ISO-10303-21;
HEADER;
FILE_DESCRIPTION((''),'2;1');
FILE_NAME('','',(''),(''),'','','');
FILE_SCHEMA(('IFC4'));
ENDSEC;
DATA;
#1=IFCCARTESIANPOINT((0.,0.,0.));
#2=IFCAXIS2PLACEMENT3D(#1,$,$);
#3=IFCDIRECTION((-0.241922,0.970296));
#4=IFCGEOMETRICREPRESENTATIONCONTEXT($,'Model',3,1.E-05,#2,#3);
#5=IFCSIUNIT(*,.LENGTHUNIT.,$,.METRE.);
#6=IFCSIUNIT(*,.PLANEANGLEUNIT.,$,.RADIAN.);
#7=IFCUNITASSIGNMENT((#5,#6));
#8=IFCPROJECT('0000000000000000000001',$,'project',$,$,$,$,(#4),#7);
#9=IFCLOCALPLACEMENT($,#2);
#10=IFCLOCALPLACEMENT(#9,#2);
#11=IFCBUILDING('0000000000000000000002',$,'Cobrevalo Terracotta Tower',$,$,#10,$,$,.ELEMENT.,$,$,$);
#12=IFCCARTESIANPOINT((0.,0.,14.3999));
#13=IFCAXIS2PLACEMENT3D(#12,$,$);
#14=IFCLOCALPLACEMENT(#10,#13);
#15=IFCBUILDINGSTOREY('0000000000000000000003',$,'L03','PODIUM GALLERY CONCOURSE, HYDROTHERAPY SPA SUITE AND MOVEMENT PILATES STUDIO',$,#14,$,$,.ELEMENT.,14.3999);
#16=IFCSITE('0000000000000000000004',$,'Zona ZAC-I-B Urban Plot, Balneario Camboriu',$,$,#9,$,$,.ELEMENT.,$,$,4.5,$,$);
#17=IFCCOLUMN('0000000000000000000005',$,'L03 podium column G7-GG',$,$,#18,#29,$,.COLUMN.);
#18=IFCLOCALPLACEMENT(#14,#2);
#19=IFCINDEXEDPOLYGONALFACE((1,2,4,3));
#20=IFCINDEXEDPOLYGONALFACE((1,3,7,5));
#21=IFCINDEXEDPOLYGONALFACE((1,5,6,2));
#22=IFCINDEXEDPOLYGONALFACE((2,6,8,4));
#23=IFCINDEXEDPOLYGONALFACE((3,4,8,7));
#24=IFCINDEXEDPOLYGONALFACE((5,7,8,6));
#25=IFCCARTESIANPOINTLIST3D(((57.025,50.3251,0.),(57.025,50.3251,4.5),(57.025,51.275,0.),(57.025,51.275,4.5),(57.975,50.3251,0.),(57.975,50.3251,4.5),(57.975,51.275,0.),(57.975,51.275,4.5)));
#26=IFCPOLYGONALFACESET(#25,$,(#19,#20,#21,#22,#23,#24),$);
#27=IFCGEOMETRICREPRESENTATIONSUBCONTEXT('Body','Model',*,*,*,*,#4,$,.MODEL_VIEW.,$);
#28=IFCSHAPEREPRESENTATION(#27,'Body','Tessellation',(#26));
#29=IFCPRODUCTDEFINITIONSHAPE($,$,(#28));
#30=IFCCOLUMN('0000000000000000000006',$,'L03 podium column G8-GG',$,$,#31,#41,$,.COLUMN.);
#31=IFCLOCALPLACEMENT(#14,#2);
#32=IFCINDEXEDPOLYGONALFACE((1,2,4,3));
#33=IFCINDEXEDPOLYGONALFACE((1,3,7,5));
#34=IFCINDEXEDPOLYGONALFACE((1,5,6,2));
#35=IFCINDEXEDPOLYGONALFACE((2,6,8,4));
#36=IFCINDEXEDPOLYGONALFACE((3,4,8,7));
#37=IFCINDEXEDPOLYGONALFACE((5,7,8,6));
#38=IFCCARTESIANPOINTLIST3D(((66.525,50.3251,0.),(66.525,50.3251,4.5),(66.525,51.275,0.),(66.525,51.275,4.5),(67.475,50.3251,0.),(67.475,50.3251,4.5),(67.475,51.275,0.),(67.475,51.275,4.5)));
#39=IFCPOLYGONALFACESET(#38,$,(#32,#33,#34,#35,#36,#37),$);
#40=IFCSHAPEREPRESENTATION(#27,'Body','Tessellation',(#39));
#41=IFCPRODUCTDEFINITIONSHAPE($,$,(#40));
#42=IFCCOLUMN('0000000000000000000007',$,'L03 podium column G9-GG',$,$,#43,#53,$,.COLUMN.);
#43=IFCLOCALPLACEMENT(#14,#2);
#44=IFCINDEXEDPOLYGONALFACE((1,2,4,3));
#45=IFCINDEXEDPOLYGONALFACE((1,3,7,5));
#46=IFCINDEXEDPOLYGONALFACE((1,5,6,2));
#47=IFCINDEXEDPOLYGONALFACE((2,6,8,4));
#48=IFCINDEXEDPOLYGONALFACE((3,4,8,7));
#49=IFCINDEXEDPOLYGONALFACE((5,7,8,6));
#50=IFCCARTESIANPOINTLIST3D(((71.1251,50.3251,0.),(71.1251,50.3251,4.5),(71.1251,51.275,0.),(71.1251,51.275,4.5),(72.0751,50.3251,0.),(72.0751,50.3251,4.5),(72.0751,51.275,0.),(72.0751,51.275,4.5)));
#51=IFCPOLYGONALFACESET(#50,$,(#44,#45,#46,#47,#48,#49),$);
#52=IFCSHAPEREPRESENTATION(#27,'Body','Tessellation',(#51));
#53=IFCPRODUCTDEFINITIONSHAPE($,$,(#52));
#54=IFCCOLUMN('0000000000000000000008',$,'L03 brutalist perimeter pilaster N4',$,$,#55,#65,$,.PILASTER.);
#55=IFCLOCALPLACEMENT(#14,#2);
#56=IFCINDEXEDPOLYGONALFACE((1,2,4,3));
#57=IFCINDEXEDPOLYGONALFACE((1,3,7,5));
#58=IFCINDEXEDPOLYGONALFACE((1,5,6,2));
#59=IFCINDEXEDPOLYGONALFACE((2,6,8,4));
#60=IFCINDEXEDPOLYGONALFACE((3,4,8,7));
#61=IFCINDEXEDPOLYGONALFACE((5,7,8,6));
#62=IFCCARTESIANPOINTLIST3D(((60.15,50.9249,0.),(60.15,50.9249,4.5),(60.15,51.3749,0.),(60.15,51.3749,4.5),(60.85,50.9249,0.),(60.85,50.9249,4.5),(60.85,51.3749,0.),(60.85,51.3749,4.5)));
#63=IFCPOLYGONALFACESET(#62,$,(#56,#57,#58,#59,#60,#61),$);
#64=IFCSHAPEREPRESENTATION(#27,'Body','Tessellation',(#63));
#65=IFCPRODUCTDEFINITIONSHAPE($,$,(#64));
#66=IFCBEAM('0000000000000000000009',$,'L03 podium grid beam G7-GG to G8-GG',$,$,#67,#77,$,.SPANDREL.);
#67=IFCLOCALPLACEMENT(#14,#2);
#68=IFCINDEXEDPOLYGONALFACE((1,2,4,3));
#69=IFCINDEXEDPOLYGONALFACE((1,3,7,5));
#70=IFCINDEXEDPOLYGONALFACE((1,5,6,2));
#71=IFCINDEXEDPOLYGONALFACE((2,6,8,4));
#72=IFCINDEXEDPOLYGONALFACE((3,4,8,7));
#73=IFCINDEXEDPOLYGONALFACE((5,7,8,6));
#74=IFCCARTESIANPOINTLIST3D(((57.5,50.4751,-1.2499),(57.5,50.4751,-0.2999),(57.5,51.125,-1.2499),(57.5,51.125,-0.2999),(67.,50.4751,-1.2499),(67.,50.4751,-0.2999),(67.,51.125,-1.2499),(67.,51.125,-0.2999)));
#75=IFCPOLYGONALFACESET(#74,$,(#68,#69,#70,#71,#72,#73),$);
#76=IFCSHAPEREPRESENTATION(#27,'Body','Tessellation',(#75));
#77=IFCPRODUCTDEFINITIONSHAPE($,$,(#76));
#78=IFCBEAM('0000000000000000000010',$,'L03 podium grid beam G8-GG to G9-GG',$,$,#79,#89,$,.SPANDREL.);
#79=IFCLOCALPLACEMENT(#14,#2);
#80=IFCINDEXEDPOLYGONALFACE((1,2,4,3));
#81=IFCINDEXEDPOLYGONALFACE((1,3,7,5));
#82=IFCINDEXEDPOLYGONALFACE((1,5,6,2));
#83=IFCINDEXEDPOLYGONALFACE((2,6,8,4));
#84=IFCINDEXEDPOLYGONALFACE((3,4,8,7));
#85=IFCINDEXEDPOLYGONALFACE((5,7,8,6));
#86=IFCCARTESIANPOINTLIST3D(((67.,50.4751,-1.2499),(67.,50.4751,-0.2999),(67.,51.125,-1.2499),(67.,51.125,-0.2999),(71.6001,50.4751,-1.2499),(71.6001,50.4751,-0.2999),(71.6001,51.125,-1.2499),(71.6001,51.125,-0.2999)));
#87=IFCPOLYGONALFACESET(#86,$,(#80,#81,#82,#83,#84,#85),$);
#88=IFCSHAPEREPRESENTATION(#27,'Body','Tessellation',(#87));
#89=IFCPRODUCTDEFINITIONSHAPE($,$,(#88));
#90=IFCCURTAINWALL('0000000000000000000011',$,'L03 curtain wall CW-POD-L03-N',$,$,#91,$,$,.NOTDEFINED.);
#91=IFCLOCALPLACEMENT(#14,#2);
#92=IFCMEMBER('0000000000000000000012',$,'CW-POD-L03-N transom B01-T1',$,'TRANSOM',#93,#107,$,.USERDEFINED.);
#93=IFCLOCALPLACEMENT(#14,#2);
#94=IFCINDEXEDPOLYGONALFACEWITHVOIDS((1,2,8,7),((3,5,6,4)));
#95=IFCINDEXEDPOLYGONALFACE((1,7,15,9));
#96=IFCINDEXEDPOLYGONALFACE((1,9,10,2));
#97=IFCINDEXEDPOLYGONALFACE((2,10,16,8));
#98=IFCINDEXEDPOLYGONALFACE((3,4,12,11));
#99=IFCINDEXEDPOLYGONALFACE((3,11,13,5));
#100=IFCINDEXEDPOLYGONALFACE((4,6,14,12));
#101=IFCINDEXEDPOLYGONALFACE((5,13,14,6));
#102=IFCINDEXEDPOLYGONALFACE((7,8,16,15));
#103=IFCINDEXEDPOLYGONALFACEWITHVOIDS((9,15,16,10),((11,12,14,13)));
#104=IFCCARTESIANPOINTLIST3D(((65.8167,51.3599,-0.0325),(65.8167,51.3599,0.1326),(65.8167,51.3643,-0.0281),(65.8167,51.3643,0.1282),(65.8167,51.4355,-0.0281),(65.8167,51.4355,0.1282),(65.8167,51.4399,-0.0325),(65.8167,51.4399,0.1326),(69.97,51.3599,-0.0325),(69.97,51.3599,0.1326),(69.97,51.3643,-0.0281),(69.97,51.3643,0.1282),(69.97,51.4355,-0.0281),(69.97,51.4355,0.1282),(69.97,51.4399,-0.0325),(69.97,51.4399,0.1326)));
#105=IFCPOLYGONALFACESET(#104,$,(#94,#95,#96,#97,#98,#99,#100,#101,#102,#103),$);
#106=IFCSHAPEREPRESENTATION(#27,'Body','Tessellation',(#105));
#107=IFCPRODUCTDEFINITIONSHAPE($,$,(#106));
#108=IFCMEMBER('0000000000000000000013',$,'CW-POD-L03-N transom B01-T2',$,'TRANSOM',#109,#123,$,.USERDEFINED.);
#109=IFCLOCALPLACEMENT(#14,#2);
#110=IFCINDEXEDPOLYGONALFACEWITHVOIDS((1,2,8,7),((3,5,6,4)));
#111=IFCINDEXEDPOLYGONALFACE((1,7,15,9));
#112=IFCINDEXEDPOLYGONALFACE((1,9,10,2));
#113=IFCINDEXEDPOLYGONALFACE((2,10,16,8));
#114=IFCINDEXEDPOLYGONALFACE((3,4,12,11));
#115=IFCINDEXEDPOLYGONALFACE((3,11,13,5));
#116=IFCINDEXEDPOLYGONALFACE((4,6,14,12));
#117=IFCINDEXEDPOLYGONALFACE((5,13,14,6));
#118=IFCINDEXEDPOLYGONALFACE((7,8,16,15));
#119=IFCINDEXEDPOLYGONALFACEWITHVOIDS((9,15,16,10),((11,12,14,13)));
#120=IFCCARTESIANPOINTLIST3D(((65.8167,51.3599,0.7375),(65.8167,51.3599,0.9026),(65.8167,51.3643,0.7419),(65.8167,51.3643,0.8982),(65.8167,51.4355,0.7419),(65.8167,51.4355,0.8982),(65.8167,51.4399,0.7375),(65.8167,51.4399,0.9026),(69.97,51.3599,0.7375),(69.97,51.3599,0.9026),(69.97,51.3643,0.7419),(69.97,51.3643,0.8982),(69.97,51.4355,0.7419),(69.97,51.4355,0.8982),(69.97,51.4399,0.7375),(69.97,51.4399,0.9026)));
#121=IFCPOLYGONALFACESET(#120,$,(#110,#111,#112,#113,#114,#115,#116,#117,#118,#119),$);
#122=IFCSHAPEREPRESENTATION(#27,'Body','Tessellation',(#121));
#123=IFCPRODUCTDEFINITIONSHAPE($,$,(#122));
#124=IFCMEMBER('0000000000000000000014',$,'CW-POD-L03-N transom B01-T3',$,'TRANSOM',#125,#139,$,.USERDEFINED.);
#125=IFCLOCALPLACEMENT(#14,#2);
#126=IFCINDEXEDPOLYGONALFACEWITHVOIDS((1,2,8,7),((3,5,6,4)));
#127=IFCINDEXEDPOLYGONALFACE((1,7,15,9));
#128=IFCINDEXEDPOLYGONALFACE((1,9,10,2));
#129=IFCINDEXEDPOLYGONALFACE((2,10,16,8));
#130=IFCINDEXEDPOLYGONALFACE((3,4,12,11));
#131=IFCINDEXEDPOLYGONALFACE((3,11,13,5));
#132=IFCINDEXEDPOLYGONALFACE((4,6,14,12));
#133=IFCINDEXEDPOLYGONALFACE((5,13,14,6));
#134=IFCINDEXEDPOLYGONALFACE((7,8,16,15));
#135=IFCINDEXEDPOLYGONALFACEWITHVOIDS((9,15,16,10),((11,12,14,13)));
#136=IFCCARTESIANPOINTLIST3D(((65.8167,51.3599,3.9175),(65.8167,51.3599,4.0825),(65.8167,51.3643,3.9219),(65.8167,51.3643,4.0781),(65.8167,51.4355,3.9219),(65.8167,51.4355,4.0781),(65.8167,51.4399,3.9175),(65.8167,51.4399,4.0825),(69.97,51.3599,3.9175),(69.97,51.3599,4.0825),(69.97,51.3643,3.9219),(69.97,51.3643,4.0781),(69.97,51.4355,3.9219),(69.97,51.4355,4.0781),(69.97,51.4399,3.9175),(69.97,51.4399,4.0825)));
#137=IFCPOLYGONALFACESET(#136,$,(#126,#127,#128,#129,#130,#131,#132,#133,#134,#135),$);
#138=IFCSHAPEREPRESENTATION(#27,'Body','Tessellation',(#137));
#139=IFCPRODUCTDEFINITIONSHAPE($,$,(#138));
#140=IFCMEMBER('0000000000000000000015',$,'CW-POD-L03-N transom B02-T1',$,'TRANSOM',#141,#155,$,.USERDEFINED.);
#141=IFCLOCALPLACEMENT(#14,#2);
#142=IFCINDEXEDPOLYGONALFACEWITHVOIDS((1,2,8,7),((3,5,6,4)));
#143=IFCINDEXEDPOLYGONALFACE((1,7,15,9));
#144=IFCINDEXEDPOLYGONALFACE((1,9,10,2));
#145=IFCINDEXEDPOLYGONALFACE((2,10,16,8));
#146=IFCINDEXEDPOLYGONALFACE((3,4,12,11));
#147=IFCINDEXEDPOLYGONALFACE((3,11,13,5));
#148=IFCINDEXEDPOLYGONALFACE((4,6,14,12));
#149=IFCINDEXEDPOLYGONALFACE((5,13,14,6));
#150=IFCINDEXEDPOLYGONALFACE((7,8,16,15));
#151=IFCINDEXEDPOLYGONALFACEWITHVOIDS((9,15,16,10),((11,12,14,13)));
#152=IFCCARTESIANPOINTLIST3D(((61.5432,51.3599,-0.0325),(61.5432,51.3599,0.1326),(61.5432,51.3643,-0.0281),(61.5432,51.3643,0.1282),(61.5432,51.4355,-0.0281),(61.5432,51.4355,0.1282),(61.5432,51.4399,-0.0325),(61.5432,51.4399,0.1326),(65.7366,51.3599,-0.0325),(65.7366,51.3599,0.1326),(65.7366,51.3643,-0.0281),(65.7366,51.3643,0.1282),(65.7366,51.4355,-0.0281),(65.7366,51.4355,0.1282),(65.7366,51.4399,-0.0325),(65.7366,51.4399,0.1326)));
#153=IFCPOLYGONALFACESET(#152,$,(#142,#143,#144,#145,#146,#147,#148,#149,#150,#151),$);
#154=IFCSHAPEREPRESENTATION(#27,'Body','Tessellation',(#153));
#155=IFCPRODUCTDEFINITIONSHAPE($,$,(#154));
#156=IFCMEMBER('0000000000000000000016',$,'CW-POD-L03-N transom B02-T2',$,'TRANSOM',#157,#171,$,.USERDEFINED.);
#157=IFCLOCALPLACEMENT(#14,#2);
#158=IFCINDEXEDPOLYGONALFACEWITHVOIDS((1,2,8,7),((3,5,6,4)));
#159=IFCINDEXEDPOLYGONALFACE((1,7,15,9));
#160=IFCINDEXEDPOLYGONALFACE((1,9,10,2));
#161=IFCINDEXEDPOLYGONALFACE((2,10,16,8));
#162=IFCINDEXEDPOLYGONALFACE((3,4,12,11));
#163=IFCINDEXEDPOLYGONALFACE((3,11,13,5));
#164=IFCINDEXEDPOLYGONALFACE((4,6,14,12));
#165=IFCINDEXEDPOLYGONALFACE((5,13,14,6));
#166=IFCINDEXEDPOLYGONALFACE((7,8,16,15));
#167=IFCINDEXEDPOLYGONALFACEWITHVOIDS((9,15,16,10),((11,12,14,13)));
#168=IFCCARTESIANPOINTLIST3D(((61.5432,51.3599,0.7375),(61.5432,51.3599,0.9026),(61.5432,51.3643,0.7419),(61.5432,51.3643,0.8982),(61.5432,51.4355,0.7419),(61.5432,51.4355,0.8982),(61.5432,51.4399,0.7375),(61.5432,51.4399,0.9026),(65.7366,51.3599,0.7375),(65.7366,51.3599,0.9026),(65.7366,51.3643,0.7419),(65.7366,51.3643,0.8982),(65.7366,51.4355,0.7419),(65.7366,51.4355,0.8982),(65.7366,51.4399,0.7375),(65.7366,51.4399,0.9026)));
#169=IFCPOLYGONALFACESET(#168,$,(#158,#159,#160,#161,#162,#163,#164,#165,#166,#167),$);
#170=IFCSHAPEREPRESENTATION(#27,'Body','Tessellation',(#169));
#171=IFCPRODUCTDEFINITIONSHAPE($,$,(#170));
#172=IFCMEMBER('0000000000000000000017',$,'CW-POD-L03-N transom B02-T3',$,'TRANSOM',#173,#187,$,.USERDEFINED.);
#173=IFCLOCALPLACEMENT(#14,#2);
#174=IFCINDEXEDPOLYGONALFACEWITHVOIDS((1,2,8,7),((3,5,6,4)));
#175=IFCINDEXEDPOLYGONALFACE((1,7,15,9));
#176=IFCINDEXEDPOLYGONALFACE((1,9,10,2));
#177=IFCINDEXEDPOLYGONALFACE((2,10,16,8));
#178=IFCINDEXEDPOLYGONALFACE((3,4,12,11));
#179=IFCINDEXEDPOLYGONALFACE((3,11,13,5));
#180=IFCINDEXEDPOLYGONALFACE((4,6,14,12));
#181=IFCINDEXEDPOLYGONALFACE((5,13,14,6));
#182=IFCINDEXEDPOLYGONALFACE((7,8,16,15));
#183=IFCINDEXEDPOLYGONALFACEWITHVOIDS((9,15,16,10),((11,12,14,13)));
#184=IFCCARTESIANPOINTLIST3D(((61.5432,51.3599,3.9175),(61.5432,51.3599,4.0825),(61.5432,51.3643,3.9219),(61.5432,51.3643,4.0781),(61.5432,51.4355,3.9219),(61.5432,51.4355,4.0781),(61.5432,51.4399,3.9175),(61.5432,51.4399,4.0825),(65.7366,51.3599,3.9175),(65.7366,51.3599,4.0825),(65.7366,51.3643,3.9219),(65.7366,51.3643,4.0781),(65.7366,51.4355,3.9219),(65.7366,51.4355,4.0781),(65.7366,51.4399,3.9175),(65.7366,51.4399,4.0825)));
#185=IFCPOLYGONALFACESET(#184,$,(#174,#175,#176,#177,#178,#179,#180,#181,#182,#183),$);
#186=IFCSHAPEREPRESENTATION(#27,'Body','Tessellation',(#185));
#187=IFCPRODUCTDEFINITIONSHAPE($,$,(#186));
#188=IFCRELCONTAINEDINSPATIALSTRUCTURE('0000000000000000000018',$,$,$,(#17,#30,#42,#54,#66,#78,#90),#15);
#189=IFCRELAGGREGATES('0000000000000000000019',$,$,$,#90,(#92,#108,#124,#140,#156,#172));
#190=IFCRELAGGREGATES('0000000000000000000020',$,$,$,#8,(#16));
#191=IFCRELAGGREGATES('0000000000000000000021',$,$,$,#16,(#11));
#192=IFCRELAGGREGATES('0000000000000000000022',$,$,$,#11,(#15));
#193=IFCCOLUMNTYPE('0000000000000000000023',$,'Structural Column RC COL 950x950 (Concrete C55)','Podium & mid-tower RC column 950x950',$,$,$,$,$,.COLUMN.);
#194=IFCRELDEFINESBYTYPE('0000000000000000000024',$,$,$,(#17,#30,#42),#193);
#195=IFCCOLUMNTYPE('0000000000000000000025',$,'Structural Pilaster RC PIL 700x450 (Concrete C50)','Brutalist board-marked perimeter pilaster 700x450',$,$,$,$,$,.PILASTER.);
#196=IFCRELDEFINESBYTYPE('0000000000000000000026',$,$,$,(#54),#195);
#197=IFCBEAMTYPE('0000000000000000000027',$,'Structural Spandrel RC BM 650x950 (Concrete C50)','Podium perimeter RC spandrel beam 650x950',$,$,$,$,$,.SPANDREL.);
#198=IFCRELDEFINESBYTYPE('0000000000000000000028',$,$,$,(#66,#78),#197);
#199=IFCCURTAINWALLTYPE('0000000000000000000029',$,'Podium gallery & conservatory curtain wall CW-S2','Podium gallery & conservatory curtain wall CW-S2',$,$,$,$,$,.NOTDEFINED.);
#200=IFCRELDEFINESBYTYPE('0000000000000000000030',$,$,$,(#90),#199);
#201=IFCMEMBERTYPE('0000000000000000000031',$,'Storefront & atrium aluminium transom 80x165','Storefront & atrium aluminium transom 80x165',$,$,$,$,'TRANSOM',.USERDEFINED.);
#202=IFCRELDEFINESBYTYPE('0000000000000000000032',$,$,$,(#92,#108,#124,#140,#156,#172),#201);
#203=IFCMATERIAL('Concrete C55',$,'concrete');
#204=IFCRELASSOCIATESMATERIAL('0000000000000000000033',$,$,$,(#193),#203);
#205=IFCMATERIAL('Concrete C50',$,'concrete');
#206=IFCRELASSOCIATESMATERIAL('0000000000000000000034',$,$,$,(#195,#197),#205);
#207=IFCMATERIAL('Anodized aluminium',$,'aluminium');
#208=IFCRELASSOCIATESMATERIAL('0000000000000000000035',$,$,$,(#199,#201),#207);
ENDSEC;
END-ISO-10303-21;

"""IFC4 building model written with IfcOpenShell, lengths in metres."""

from ifc_helpers import new_model, si_unit, direction, frame, origin, origin_2d, place, context, subcontext, project, spatial, rectangle, hollow_rectangle, extrude, source, transform, mapped, material, material_profile, profile_set, type_object, element, aggregate, save


model = new_model("IFC4")

# Units and contexts
model_context = context("Model", 3, precision=1e-05, world=origin(), true_north=direction((-0.241922, 0.970296)))
body_context = subcontext(model_context, "Body", "Model", "MODEL_VIEW")
ifc_project = project(units=[si_unit("LENGTHUNIT", "METRE"), si_unit("PLANEANGLEUNIT", "RADIAN")], contexts=[model_context])

# Site, building, storey
site_placement = place(None, origin())
site = spatial("IfcSite", under=ifc_project, at=site_placement, Name="Zona ZAC-I-B Urban Plot, Balneario Camboriu", CompositionType="ELEMENT", RefElevation=4.5)
building_placement = place(site_placement, origin())
building = spatial("IfcBuilding", under=site, at=building_placement, Name="Cobrevalo Terracotta Tower", CompositionType="ELEMENT")
storey_placement = place(building_placement, frame((0.0, 0.0, 14.3999)))
storey = spatial("IfcBuildingStorey", under=building, at=storey_placement, Name="L03", Description="PODIUM GALLERY CONCOURSE, HYDROTHERAPY SPA SUITE AND MOVEMENT PILATES STUDIO", CompositionType="ELEMENT", Elevation=14.3999)

# Columns
ifc_material_1 = material(Name="Concrete C55", Category="concrete")
ifc_material_profile_1 = material_profile(ifc_material_1, rectangle(XDim=0.95, YDim=0.95, at=origin_2d()), Name="RC COL 950x950")
ifc_profile_set_1 = profile_set([ifc_material_profile_1], Name="Concrete C55")
column_type_1 = type_object("IfcColumnType", Name="Structural Column RC COL 950x950 (Concrete C55)", Description="Podium & mid-tower RC column 950x950", PredefinedType="COLUMN", material=ifc_profile_set_1)
for number, where, z_axis, x_axis, name in (
    (1, (57.5, 50.8, 0.0), (0.0, 0.0, 1.0), (1.0, 0.0, 0.0), "L03 podium column G7-GG"),
    (2, (67.0, 50.8, 0.0), (0.0, 0.0, 1.0), (1.0, 0.0, 0.0), "L03 podium column G8-GG"),
    (3, (71.6001, 50.8, 0.0), (0.0, 0.0, 1.0), (1.0, 0.0, 0.0), "L03 podium column G9-GG"),
):
    element("IfcColumn", number, at=place(storey_placement, frame(where, z_axis=z_axis, x_axis=x_axis)), inside=storey, type_object=column_type_1, Name=name, PredefinedType="COLUMN", context=body_context, shape_type="SweptSolid", body=[
        extrude(rectangle(XDim=0.95, YDim=0.95, at=origin_2d()), origin(), (0.0, 0.0, 1.0), 4.5),
    ])
ifc_material_2 = material(Name="Concrete C50", Category="concrete")
ifc_material_profile_2 = material_profile(ifc_material_2, rectangle(XDim=0.7, YDim=0.45, at=origin_2d()), Name="RC PIL 700x450")
ifc_profile_set_2 = profile_set([ifc_material_profile_2], Name="Concrete C50")
column_type_2 = type_object("IfcColumnType", Name="Structural Pilaster RC PIL 700x450 (Concrete C50)", Description="Brutalist board-marked perimeter pilaster 700x450", PredefinedType="PILASTER", material=ifc_profile_set_2)
column_placement = place(storey_placement, frame((60.5, 51.1499, 0.0), z_axis=(0.0, 0.0, 1.0), x_axis=(1.0, 0.0, 0.0)))
element("IfcColumn", 4, at=column_placement, inside=storey, type_object=column_type_2, Name="L03 brutalist perimeter pilaster N4", PredefinedType="PILASTER", context=body_context, shape_type="SweptSolid", body=[
    extrude(rectangle(XDim=0.7, YDim=0.45, at=origin_2d()), origin(), (0.0, 0.0, 1.0), 4.5),
])

# Beams
ifc_material_profile_3 = material_profile(ifc_material_2, rectangle(XDim=0.6499, YDim=0.95, at=origin_2d()), Name="RC BM 650x950")
ifc_profile_set_3 = profile_set([ifc_material_profile_3], Name="Concrete C50")
beam_type = type_object("IfcBeamType", Name="Structural Spandrel RC BM 650x950 (Concrete C50)", Description="Podium perimeter RC spandrel beam 650x950", PredefinedType="SPANDREL", material=ifc_profile_set_3)
beam_1_placement = place(storey_placement, frame((57.5, 50.8, -0.7749), z_axis=(1.0, 0.0, 0.0), x_axis=(0.0, 1.0, 0.0)))
element("IfcBeam", 5, at=beam_1_placement, inside=storey, type_object=beam_type, Name="L03 podium grid beam G7-GG to G8-GG", PredefinedType="SPANDREL", context=body_context, shape_type="SweptSolid", body=[
    extrude(rectangle(XDim=0.6499, YDim=0.95, at=origin_2d()), origin(), (0.0, 0.0, 1.0), 9.5),
])
beam_2_placement = place(storey_placement, frame((67.0, 50.8, -0.7749), z_axis=(1.0, 0.0, 0.0), x_axis=(0.0, 1.0, 0.0)))
element("IfcBeam", 6, at=beam_2_placement, inside=storey, type_object=beam_type, Name="L03 podium grid beam G8-GG to G9-GG", PredefinedType="SPANDREL", context=body_context, shape_type="SweptSolid", body=[
    extrude(rectangle(XDim=0.6499, YDim=0.95, at=origin_2d()), origin(), (0.0, 0.0, 1.0), 4.6001),
])

# Curtain wall, members
ifc_material_3 = material(Name="Anodized aluminium", Category="aluminium")
curtain_wall_type = type_object("IfcCurtainWallType", Name="Podium gallery & conservatory curtain wall CW-S2", Description="Podium gallery & conservatory curtain wall CW-S2", PredefinedType="NOTDEFINED", material=ifc_material_3)
curtain_wall_placement = place(storey_placement, origin())
curtain_wall = element("IfcCurtainWall", 7, at=curtain_wall_placement, inside=storey, type_object=curtain_wall_type, Name="L03 curtain wall CW-POD-L03-N", PredefinedType="NOTDEFINED")
ifc_material_profile_4 = material_profile(ifc_material_3, hollow_rectangle(XDim=0.0801, YDim=0.165, WallThickness=0.0044, at=origin_2d()), Name="CWT 80x165")
ifc_profile_set_4 = profile_set([ifc_material_profile_4], Name="Anodized aluminium")
member_type_1 = type_object("IfcMemberType", Name="Storefront & atrium aluminium transom 80x165", Description="Storefront & atrium aluminium transom 80x165", ElementType="TRANSOM", PredefinedType="USERDEFINED", material=ifc_profile_set_4)
shared_shape_1 = source(origin(), body_context, "Body", "SweptSolid", [
    extrude(hollow_rectangle(XDim=0.0801, YDim=0.165, WallThickness=0.0044, at=origin_2d()), origin(), (0.0, 0.0, 1.0), 4.1533),
])
member_1_placement = place(storey_placement, frame((69.97, 51.3999, 0.05), z_axis=(-1.0, 0.0, 0.0), x_axis=(0.0, -1.0, 0.0)))
member_1 = element("IfcMember", 8, at=member_1_placement, type_object=member_type_1, Name="CW-POD-L03-N transom B01-T1", ObjectType="TRANSOM", PredefinedType="USERDEFINED", context=body_context, shape_type="MappedRepresentation", body=[
    mapped(shared_shape_1, transform((0.0, 0.0, 0.0), scale=1.0)),
])
member_2_placement = place(storey_placement, frame((69.97, 51.3999, 0.8201), z_axis=(-1.0, 0.0, 0.0), x_axis=(0.0, -1.0, 0.0)))
member_2 = element("IfcMember", 9, at=member_2_placement, type_object=member_type_1, Name="CW-POD-L03-N transom B01-T2", ObjectType="TRANSOM", PredefinedType="USERDEFINED", context=body_context, shape_type="MappedRepresentation", body=[
    mapped(shared_shape_1, transform((0.0, 0.0, 0.0), scale=1.0)),
])
member_3_placement = place(storey_placement, frame((69.97, 51.3999, 4.0), z_axis=(-1.0, 0.0, 0.0), x_axis=(0.0, -1.0, 0.0)))
member_3 = element("IfcMember", 10, at=member_3_placement, type_object=member_type_1, Name="CW-POD-L03-N transom B01-T3", ObjectType="TRANSOM", PredefinedType="USERDEFINED", context=body_context, shape_type="MappedRepresentation", body=[
    mapped(shared_shape_1, transform((0.0, 0.0, 0.0), scale=1.0)),
])
shared_shape_2 = source(origin(), body_context, "Body", "SweptSolid", [
    extrude(hollow_rectangle(XDim=0.0801, YDim=0.165, WallThickness=0.0044, at=origin_2d()), origin(), (0.0, 0.0, 1.0), 4.1934),
])
member_4_placement = place(storey_placement, frame((65.7366, 51.3999, 0.05), z_axis=(-1.0, 0.0, 0.0), x_axis=(0.0, -1.0, 0.0)))
member_4 = element("IfcMember", 11, at=member_4_placement, type_object=member_type_1, Name="CW-POD-L03-N transom B02-T1", ObjectType="TRANSOM", PredefinedType="USERDEFINED", context=body_context, shape_type="MappedRepresentation", body=[
    mapped(shared_shape_2, transform((0.0, 0.0, 0.0), scale=1.0)),
])
member_5_placement = place(storey_placement, frame((65.7366, 51.3999, 0.8201), z_axis=(-1.0, 0.0, 0.0), x_axis=(0.0, -1.0, 0.0)))
member_5 = element("IfcMember", 12, at=member_5_placement, type_object=member_type_1, Name="CW-POD-L03-N transom B02-T2", ObjectType="TRANSOM", PredefinedType="USERDEFINED", context=body_context, shape_type="MappedRepresentation", body=[
    mapped(shared_shape_2, transform((0.0, 0.0, 0.0), scale=1.0)),
])
member_6_placement = place(storey_placement, frame((65.7366, 51.3999, 4.0), z_axis=(-1.0, 0.0, 0.0), x_axis=(0.0, -1.0, 0.0)))
member_6 = element("IfcMember", 13, at=member_6_placement, type_object=member_type_1, Name="CW-POD-L03-N transom B02-T3", ObjectType="TRANSOM", PredefinedType="USERDEFINED", context=body_context, shape_type="MappedRepresentation", body=[
    mapped(shared_shape_2, transform((0.0, 0.0, 0.0), scale=1.0)),
])
aggregate(curtain_wall, [member_1, member_2, member_3, member_4, member_5, member_6])

save(model, "model.ifc")
